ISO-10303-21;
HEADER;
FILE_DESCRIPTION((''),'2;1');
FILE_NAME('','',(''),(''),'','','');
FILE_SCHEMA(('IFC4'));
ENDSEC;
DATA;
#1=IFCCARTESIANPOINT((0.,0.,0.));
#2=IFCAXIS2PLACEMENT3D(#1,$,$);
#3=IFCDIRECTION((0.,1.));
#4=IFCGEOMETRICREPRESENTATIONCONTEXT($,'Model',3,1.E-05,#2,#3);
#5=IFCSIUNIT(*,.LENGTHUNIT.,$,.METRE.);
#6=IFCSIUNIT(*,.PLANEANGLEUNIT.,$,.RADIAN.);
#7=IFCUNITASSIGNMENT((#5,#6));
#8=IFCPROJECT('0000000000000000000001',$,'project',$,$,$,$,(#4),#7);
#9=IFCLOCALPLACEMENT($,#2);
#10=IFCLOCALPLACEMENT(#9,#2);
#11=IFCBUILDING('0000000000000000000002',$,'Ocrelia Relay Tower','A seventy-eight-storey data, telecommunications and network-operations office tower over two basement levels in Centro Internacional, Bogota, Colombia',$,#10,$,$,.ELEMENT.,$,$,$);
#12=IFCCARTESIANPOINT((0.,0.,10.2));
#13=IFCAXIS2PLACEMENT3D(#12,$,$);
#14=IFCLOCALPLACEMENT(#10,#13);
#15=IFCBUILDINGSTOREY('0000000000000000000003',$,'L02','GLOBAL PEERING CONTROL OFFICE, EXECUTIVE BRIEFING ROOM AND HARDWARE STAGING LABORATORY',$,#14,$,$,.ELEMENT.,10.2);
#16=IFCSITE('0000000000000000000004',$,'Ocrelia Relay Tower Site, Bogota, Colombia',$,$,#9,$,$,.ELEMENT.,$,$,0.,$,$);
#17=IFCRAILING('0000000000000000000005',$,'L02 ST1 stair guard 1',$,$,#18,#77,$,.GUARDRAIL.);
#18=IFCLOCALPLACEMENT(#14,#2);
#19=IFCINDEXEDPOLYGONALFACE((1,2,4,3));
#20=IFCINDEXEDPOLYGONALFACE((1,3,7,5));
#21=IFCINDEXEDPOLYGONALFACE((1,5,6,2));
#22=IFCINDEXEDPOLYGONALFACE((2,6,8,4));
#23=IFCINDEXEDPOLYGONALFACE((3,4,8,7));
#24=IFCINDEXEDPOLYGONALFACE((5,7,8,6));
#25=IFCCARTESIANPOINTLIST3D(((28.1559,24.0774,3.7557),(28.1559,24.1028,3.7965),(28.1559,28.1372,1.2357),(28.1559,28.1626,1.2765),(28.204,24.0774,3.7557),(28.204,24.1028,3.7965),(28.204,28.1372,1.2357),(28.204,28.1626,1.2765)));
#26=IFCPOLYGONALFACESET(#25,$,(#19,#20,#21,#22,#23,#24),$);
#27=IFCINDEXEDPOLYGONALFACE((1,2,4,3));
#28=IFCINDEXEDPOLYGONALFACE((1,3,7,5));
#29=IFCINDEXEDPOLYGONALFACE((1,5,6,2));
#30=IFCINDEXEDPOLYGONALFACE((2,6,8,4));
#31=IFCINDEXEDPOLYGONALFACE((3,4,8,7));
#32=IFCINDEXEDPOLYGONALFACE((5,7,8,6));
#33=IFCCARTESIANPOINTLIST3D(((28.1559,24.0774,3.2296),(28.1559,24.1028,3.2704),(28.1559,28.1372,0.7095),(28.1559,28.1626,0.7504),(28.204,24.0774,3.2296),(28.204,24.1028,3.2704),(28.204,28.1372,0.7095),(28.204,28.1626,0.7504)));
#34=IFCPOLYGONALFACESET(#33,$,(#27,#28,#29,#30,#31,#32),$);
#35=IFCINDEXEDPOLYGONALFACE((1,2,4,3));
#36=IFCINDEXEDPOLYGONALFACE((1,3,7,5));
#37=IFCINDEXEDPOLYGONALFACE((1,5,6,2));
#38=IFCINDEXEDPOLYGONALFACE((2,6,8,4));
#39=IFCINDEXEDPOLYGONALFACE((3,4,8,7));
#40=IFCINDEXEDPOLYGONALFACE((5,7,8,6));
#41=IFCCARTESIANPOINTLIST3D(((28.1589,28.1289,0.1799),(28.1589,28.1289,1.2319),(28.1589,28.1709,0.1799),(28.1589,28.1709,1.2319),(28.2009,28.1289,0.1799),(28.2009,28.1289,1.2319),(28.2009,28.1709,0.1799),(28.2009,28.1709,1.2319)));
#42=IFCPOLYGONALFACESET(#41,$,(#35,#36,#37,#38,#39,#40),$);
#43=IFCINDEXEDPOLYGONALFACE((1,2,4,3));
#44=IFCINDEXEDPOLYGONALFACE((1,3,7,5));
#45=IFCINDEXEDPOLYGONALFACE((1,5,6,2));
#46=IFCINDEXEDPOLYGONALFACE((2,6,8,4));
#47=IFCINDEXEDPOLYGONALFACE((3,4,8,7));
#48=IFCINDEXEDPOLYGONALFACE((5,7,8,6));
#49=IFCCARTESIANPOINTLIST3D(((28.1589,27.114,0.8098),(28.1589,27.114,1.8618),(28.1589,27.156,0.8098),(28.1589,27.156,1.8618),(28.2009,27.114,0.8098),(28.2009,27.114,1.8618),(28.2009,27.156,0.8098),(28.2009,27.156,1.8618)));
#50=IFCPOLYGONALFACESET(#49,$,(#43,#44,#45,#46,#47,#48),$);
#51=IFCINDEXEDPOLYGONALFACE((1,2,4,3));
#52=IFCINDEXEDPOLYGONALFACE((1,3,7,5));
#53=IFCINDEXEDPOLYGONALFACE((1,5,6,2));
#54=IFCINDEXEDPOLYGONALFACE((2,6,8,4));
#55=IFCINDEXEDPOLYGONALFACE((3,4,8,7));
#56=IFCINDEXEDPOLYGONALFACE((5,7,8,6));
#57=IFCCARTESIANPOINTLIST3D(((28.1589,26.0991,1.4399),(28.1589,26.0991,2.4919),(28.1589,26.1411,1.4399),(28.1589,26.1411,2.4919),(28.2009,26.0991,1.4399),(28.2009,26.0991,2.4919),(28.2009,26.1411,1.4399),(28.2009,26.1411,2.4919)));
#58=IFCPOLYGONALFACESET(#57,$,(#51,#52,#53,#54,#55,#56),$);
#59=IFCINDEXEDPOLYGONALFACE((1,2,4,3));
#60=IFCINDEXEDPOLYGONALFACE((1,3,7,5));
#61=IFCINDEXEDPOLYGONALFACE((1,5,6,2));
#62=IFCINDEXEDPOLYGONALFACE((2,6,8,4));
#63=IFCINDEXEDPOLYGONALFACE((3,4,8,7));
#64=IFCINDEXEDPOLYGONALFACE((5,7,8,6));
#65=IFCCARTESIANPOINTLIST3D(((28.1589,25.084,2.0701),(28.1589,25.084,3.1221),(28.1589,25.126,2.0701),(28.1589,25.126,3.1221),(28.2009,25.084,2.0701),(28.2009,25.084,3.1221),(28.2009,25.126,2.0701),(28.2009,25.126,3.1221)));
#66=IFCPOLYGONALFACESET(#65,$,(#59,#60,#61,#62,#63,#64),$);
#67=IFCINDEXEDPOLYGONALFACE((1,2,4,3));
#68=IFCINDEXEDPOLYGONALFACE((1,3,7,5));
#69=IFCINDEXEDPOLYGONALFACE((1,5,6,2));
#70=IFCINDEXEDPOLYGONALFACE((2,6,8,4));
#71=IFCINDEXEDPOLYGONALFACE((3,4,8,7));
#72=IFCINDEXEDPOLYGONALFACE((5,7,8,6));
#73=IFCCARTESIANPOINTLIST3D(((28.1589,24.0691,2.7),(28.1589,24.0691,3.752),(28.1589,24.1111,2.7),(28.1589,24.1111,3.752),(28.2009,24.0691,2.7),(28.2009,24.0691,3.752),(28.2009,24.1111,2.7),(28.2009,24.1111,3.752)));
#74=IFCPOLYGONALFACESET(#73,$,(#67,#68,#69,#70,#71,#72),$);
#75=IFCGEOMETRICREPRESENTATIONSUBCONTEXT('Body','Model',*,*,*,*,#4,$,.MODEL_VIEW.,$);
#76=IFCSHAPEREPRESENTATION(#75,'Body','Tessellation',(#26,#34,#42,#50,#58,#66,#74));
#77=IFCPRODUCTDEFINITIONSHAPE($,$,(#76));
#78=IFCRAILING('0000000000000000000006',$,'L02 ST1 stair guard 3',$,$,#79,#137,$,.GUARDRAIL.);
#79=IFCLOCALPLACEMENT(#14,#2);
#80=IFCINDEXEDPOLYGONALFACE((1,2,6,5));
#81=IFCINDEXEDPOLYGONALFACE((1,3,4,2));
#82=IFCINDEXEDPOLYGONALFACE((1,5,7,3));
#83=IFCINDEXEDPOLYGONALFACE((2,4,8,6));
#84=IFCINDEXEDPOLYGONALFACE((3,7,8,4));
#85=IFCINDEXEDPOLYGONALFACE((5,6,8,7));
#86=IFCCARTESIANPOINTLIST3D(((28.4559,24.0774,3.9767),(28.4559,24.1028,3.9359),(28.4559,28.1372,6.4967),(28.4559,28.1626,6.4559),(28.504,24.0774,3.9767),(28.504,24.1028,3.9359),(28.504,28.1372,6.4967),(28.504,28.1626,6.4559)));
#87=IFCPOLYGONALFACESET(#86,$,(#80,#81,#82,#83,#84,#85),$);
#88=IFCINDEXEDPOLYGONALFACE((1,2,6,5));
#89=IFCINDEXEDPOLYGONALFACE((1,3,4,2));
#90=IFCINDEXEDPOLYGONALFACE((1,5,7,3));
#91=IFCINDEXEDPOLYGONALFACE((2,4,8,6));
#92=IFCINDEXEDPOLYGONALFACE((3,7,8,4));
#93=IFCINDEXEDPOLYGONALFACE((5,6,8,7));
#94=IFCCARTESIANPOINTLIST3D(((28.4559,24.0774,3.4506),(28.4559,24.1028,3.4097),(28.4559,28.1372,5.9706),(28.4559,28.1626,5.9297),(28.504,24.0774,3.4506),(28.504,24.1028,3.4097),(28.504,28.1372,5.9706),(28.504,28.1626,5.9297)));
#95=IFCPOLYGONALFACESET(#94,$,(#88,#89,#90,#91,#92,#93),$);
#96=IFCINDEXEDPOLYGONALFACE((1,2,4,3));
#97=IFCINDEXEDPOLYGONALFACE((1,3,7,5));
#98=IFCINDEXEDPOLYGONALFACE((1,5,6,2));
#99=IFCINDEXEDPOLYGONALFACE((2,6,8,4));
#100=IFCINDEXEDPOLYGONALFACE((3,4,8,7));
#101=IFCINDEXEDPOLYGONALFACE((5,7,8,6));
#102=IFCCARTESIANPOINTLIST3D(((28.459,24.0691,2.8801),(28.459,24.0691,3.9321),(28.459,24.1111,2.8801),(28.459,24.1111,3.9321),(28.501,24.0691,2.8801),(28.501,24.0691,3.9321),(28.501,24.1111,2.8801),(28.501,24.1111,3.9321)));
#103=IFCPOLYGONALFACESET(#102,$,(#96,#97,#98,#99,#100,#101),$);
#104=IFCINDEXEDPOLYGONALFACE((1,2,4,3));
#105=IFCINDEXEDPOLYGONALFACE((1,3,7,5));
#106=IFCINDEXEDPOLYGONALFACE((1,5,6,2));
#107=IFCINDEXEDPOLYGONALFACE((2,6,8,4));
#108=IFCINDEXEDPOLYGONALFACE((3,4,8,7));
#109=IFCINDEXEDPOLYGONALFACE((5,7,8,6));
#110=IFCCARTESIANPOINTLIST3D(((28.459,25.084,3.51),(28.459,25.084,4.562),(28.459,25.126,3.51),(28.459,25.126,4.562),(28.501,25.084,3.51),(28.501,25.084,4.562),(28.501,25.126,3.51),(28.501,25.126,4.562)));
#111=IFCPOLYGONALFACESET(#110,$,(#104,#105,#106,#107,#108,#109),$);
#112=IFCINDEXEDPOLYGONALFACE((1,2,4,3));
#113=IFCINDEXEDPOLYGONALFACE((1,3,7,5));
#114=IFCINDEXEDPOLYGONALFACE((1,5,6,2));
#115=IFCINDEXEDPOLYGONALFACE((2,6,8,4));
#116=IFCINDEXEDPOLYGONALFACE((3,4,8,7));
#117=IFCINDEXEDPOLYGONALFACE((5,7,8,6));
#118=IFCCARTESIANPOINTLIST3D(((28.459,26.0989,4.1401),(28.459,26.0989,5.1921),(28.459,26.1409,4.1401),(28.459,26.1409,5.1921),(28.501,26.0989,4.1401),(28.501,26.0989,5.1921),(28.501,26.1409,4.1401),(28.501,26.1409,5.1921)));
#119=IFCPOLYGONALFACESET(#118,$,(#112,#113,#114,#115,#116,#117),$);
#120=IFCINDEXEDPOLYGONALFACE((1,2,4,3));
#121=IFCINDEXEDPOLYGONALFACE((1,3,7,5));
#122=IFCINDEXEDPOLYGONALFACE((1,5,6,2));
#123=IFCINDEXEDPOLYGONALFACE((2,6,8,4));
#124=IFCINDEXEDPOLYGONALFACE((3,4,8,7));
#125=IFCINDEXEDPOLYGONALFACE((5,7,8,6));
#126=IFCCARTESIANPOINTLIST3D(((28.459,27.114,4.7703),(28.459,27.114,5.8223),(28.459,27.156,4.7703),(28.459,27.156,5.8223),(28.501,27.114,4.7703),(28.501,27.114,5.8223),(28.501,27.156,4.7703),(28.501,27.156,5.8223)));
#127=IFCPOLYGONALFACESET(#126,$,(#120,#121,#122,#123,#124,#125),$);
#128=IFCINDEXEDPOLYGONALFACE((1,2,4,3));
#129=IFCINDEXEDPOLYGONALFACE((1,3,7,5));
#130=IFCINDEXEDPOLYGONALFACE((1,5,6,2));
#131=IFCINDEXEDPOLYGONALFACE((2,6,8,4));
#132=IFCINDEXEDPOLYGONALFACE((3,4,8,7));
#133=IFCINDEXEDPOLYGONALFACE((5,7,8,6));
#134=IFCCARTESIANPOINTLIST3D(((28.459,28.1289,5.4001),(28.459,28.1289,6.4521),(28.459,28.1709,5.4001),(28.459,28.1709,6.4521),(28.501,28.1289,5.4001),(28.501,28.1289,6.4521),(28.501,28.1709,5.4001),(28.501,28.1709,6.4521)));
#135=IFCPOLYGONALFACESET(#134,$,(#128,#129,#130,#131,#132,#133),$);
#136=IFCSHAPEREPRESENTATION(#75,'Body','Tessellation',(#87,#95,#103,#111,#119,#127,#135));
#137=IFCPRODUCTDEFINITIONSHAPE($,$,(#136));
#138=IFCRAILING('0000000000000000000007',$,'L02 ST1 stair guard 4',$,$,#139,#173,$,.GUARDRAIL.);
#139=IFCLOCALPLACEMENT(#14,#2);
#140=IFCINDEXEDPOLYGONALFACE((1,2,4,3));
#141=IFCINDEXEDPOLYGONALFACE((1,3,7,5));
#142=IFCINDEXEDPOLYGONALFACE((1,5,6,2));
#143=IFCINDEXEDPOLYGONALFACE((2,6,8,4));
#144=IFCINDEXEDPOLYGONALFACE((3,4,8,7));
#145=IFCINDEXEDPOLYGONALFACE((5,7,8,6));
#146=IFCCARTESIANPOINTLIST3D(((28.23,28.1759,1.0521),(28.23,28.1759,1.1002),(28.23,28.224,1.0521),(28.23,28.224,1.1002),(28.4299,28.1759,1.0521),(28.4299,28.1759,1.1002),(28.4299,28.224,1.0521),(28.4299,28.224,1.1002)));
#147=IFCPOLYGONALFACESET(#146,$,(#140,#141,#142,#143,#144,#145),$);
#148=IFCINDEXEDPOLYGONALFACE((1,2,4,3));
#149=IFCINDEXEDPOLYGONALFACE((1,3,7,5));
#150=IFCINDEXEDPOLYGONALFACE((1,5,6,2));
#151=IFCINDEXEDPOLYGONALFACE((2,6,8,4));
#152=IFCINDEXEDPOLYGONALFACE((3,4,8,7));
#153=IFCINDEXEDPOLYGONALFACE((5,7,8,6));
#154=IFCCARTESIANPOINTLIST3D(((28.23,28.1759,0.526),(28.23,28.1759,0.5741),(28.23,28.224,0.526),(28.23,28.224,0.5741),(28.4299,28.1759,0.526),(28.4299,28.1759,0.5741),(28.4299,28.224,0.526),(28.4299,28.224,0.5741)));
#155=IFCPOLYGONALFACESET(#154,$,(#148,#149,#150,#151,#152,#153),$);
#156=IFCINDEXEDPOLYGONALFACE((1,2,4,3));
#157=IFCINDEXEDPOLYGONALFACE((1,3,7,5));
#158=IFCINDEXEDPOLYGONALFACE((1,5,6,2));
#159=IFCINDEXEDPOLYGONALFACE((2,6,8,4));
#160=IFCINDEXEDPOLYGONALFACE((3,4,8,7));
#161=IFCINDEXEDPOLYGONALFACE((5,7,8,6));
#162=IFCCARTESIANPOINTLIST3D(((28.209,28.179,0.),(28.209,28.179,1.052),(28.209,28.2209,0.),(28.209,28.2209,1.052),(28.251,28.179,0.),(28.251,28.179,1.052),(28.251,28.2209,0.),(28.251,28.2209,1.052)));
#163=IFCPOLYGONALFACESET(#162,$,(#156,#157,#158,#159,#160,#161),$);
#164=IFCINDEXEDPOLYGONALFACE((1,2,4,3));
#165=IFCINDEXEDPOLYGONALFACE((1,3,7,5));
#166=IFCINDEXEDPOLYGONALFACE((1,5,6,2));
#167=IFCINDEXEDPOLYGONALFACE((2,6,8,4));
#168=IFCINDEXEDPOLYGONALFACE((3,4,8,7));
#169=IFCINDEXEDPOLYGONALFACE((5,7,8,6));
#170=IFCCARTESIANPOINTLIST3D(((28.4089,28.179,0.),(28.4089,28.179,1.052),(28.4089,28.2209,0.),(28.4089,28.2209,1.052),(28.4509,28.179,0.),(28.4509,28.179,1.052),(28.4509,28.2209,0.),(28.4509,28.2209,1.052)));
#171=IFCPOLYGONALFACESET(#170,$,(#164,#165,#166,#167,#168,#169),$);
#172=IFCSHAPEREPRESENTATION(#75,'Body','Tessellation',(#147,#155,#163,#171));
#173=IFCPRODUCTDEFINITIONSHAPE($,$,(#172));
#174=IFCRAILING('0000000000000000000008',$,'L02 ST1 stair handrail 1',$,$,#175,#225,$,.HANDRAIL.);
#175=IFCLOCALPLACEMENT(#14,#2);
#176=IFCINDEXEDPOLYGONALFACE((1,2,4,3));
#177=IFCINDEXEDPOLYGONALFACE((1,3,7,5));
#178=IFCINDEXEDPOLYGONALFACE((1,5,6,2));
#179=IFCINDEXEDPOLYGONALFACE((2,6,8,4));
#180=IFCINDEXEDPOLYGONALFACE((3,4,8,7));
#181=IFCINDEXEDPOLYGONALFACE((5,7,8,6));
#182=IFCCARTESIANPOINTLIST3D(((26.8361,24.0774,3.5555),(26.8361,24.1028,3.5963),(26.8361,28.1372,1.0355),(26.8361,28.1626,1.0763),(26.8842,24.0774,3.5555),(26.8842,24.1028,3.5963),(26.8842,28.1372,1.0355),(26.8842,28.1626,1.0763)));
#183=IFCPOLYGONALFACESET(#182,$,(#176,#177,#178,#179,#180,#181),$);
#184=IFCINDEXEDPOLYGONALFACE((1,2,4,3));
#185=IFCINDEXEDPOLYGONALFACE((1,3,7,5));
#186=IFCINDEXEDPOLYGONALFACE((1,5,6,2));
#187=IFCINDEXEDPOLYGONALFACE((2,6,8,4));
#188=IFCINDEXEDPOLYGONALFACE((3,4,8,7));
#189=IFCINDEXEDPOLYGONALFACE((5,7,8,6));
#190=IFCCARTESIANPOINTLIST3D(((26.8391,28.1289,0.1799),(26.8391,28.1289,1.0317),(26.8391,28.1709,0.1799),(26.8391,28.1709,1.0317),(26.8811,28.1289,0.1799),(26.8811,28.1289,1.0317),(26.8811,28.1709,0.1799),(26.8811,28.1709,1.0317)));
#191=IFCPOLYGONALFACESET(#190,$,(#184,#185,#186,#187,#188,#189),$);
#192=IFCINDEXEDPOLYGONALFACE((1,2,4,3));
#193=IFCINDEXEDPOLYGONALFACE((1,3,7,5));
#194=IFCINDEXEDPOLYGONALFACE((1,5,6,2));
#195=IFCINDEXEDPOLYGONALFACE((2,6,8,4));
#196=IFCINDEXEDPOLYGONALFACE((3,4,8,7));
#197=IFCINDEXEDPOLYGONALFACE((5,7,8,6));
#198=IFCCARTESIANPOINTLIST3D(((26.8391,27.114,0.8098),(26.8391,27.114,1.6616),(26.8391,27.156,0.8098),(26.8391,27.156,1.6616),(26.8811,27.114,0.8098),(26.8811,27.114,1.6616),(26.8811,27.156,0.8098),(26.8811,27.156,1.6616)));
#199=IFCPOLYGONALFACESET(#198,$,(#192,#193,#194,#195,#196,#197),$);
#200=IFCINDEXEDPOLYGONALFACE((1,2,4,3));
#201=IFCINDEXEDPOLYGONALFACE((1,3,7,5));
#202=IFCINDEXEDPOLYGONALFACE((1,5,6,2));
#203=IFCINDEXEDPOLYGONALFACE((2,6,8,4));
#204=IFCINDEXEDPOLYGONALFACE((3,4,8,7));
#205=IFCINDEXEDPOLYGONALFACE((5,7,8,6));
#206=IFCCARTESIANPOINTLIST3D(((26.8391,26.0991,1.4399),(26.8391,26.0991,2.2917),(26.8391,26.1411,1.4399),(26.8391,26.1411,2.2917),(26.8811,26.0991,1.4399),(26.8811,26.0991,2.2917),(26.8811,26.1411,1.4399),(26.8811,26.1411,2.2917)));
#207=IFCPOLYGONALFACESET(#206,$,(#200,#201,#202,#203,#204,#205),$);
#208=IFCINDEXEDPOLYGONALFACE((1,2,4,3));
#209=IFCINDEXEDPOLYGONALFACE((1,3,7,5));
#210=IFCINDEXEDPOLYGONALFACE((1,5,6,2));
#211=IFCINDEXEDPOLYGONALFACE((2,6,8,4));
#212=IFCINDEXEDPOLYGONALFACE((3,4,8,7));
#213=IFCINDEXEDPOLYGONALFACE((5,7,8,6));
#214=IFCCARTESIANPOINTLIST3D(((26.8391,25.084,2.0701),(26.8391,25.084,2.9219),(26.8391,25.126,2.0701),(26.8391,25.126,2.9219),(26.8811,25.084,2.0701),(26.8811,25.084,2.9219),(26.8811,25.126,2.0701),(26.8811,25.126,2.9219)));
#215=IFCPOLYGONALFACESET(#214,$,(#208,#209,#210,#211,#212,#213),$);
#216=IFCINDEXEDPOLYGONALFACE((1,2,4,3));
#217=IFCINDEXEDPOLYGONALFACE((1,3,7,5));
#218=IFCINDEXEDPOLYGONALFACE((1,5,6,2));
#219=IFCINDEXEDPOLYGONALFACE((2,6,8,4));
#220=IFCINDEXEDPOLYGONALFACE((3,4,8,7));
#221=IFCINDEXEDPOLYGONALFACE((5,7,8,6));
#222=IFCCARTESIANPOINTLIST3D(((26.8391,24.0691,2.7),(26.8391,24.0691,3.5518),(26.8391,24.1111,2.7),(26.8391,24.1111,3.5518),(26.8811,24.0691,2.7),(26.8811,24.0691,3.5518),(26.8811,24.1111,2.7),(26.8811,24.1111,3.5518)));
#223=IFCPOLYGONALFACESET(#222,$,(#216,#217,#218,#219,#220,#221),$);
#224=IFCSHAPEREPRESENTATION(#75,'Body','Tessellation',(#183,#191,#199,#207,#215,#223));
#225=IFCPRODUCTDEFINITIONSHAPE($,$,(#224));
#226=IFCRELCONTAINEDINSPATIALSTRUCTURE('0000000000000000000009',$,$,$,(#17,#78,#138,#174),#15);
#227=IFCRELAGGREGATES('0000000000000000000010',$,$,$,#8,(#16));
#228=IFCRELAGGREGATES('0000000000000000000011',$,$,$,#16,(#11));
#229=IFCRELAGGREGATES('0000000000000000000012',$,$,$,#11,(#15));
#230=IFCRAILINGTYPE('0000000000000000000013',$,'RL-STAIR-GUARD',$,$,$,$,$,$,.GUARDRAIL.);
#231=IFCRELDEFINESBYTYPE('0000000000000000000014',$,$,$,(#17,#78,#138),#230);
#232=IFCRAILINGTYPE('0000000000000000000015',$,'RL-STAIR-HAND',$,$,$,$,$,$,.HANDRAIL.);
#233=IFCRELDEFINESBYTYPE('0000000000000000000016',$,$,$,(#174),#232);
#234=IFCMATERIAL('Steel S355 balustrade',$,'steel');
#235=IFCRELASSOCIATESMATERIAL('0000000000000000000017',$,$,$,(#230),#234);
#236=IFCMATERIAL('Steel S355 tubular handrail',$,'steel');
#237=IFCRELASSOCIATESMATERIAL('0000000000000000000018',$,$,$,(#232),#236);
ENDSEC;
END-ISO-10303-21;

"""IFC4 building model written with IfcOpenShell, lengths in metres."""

from ifc_helpers import new_model, si_unit, direction, frame, origin, origin_2d, place, context, subcontext, project, spatial, rectangle, extrude, material, type_object, element, save


model = new_model("IFC4")

# Units and contexts
model_context = context("Model", 3, precision=1e-05, world=origin(), true_north=direction((0.0, 1.0)))
body_context = subcontext(model_context, "Body", "Model", "MODEL_VIEW")
ifc_project = project(units=[si_unit("LENGTHUNIT", "METRE"), si_unit("PLANEANGLEUNIT", "RADIAN")], contexts=[model_context])

# Site, building, storey
site_placement = place(None, origin())
site = spatial("IfcSite", under=ifc_project, at=site_placement, Name="Ocrelia Relay Tower Site, Bogota, Colombia", CompositionType="ELEMENT", RefElevation=0.0)
building_placement = place(site_placement, origin())
building = spatial("IfcBuilding", under=site, at=building_placement, Name="Ocrelia Relay Tower", Description="A seventy-eight-storey data, telecommunications and network-operations office tower over two basement levels in Centro Internacional, Bogota, Colombia", CompositionType="ELEMENT")
storey_placement = place(building_placement, frame((0.0, 0.0, 10.2)))
storey = spatial("IfcBuildingStorey", under=building, at=storey_placement, Name="L02", Description="GLOBAL PEERING CONTROL OFFICE, EXECUTIVE BRIEFING ROOM AND HARDWARE STAGING LABORATORY", CompositionType="ELEMENT", Elevation=10.2)

# Railings
ifc_material_1 = material(Name="Steel S355 balustrade", Category="steel")
railing_type_1 = type_object("IfcRailingType", Name="RL-STAIR-GUARD", PredefinedType="GUARDRAIL", material=ifc_material_1)
railing_1_placement = place(storey_placement, frame((28.1799, 28.1499, 0.1799)))
element("IfcRailing", 1, at=railing_1_placement, inside=storey, type_object=railing_type_1, Name="L02 ST1 stair guard 1", PredefinedType="GUARDRAIL", context=body_context, shape_type="SweptSolid", body=[
    extrude(rectangle(XDim=0.0481, YDim=0.0481, at=origin_2d()), frame((0.0, 0.0, 1.0762), z_axis=(0.0, -0.849628, 0.527383), x_axis=(1.0, 0.0, 0.0)), (0.0, 0.0, 1.0), 4.7783),
    extrude(rectangle(XDim=0.0481, YDim=0.0481, at=origin_2d()), frame((0.0, 0.0, 0.55), z_axis=(0.0, -0.849628, 0.527383), x_axis=(1.0, 0.0, 0.0)), (0.0, 0.0, 1.0), 4.7783),
    extrude(rectangle(XDim=0.042, YDim=0.042, at=origin_2d()), origin(), (0.0, 0.0, 1.0), 1.052),
    extrude(rectangle(XDim=0.042, YDim=0.042, at=origin_2d()), frame((0.0, -1.0149, 0.6299)), (0.0, 0.0, 1.0), 1.052),
    extrude(rectangle(XDim=0.042, YDim=0.042, at=origin_2d()), frame((0.0, -2.0298, 1.26)), (0.0, 0.0, 1.0), 1.052),
    extrude(rectangle(XDim=0.042, YDim=0.042, at=origin_2d()), frame((0.0, -3.0449, 1.8901)), (0.0, 0.0, 1.0), 1.052),
    extrude(rectangle(XDim=0.042, YDim=0.042, at=origin_2d()), frame((0.0, -4.0598, 2.52)), (0.0, 0.0, 1.0), 1.052),
])
railing_2_placement = place(storey_placement, frame((28.48, 24.0901, 2.8801)))
element("IfcRailing", 2, at=railing_2_placement, inside=storey, type_object=railing_type_1, Name="L02 ST1 stair guard 3", PredefinedType="GUARDRAIL", context=body_context, shape_type="SweptSolid", body=[
    extrude(rectangle(XDim=0.0481, YDim=0.0481, at=origin_2d()), frame((0.0, 0.0, 1.0762), z_axis=(0.0, 0.849628, 0.527383), x_axis=(-1.0, 0.0, 0.0)), (0.0, 0.0, 1.0), 4.7783),
    extrude(rectangle(XDim=0.0481, YDim=0.0481, at=origin_2d()), frame((0.0, 0.0, 0.55), z_axis=(0.0, 0.849628, 0.527383), x_axis=(-1.0, 0.0, 0.0)), (0.0, 0.0, 1.0), 4.7783),
    extrude(rectangle(XDim=0.042, YDim=0.042, at=origin_2d()), origin(), (0.0, 0.0, 1.0), 1.052),
    extrude(rectangle(XDim=0.042, YDim=0.042, at=origin_2d()), frame((0.0, 1.0149, 0.6299)), (0.0, 0.0, 1.0), 1.052),
    extrude(rectangle(XDim=0.042, YDim=0.042, at=origin_2d()), frame((0.0, 2.0298, 1.26)), (0.0, 0.0, 1.0), 1.052),
    extrude(rectangle(XDim=0.042, YDim=0.042, at=origin_2d()), frame((0.0, 3.0449, 1.8901)), (0.0, 0.0, 1.0), 1.052),
    extrude(rectangle(XDim=0.042, YDim=0.042, at=origin_2d()), frame((0.0, 4.0598, 2.52)), (0.0, 0.0, 1.0), 1.052),
])
railing_3_placement = place(storey_placement, frame((28.23, 28.2, 0.0)))
element("IfcRailing", 3, at=railing_3_placement, inside=storey, type_object=railing_type_1, Name="L02 ST1 stair guard 4", PredefinedType="GUARDRAIL", context=body_context, shape_type="SweptSolid", body=[
    extrude(rectangle(XDim=0.0481, YDim=0.0481, at=origin_2d()), frame((0.0, 0.0, 1.0762), z_axis=(1.0, 0.0, 0.0), x_axis=(0.0, 1.0, 0.0)), (0.0, 0.0, 1.0), 0.2),
    extrude(rectangle(XDim=0.0481, YDim=0.0481, at=origin_2d()), frame((0.0, 0.0, 0.55), z_axis=(1.0, 0.0, 0.0), x_axis=(0.0, 1.0, 0.0)), (0.0, 0.0, 1.0), 0.2),
    extrude(rectangle(XDim=0.042, YDim=0.042, at=origin_2d()), origin(), (0.0, 0.0, 1.0), 1.052),
    extrude(rectangle(XDim=0.042, YDim=0.042, at=origin_2d()), frame((0.2, 0.0, 0.0)), (0.0, 0.0, 1.0), 1.052),
])
ifc_material_2 = material(Name="Steel S355 tubular handrail", Category="steel")
railing_type_2 = type_object("IfcRailingType", Name="RL-STAIR-HAND", PredefinedType="HANDRAIL", material=ifc_material_2)
railing_4_placement = place(storey_placement, frame((26.8601, 28.1499, 0.1799)))
element("IfcRailing", 4, at=railing_4_placement, inside=storey, type_object=railing_type_2, Name="L02 ST1 stair handrail 1", PredefinedType="HANDRAIL", context=body_context, shape_type="SweptSolid", body=[
    extrude(rectangle(XDim=0.0481, YDim=0.0481, at=origin_2d()), frame((0.0, 0.0, 0.876), z_axis=(0.0, -0.849628, 0.527383), x_axis=(1.0, 0.0, 0.0)), (0.0, 0.0, 1.0), 4.7783),
    extrude(rectangle(XDim=0.042, YDim=0.042, at=origin_2d()), origin(), (0.0, 0.0, 1.0), 0.8518),
    extrude(rectangle(XDim=0.042, YDim=0.042, at=origin_2d()), frame((0.0, -1.0149, 0.6299)), (0.0, 0.0, 1.0), 0.8518),
    extrude(rectangle(XDim=0.042, YDim=0.042, at=origin_2d()), frame((0.0, -2.0298, 1.26)), (0.0, 0.0, 1.0), 0.8518),
    extrude(rectangle(XDim=0.042, YDim=0.042, at=origin_2d()), frame((0.0, -3.0449, 1.8901)), (0.0, 0.0, 1.0), 0.8518),
    extrude(rectangle(XDim=0.042, YDim=0.042, at=origin_2d()), frame((0.0, -4.0598, 2.52)), (0.0, 0.0, 1.0), 0.8518),
])

save(model, "model.ifc")
